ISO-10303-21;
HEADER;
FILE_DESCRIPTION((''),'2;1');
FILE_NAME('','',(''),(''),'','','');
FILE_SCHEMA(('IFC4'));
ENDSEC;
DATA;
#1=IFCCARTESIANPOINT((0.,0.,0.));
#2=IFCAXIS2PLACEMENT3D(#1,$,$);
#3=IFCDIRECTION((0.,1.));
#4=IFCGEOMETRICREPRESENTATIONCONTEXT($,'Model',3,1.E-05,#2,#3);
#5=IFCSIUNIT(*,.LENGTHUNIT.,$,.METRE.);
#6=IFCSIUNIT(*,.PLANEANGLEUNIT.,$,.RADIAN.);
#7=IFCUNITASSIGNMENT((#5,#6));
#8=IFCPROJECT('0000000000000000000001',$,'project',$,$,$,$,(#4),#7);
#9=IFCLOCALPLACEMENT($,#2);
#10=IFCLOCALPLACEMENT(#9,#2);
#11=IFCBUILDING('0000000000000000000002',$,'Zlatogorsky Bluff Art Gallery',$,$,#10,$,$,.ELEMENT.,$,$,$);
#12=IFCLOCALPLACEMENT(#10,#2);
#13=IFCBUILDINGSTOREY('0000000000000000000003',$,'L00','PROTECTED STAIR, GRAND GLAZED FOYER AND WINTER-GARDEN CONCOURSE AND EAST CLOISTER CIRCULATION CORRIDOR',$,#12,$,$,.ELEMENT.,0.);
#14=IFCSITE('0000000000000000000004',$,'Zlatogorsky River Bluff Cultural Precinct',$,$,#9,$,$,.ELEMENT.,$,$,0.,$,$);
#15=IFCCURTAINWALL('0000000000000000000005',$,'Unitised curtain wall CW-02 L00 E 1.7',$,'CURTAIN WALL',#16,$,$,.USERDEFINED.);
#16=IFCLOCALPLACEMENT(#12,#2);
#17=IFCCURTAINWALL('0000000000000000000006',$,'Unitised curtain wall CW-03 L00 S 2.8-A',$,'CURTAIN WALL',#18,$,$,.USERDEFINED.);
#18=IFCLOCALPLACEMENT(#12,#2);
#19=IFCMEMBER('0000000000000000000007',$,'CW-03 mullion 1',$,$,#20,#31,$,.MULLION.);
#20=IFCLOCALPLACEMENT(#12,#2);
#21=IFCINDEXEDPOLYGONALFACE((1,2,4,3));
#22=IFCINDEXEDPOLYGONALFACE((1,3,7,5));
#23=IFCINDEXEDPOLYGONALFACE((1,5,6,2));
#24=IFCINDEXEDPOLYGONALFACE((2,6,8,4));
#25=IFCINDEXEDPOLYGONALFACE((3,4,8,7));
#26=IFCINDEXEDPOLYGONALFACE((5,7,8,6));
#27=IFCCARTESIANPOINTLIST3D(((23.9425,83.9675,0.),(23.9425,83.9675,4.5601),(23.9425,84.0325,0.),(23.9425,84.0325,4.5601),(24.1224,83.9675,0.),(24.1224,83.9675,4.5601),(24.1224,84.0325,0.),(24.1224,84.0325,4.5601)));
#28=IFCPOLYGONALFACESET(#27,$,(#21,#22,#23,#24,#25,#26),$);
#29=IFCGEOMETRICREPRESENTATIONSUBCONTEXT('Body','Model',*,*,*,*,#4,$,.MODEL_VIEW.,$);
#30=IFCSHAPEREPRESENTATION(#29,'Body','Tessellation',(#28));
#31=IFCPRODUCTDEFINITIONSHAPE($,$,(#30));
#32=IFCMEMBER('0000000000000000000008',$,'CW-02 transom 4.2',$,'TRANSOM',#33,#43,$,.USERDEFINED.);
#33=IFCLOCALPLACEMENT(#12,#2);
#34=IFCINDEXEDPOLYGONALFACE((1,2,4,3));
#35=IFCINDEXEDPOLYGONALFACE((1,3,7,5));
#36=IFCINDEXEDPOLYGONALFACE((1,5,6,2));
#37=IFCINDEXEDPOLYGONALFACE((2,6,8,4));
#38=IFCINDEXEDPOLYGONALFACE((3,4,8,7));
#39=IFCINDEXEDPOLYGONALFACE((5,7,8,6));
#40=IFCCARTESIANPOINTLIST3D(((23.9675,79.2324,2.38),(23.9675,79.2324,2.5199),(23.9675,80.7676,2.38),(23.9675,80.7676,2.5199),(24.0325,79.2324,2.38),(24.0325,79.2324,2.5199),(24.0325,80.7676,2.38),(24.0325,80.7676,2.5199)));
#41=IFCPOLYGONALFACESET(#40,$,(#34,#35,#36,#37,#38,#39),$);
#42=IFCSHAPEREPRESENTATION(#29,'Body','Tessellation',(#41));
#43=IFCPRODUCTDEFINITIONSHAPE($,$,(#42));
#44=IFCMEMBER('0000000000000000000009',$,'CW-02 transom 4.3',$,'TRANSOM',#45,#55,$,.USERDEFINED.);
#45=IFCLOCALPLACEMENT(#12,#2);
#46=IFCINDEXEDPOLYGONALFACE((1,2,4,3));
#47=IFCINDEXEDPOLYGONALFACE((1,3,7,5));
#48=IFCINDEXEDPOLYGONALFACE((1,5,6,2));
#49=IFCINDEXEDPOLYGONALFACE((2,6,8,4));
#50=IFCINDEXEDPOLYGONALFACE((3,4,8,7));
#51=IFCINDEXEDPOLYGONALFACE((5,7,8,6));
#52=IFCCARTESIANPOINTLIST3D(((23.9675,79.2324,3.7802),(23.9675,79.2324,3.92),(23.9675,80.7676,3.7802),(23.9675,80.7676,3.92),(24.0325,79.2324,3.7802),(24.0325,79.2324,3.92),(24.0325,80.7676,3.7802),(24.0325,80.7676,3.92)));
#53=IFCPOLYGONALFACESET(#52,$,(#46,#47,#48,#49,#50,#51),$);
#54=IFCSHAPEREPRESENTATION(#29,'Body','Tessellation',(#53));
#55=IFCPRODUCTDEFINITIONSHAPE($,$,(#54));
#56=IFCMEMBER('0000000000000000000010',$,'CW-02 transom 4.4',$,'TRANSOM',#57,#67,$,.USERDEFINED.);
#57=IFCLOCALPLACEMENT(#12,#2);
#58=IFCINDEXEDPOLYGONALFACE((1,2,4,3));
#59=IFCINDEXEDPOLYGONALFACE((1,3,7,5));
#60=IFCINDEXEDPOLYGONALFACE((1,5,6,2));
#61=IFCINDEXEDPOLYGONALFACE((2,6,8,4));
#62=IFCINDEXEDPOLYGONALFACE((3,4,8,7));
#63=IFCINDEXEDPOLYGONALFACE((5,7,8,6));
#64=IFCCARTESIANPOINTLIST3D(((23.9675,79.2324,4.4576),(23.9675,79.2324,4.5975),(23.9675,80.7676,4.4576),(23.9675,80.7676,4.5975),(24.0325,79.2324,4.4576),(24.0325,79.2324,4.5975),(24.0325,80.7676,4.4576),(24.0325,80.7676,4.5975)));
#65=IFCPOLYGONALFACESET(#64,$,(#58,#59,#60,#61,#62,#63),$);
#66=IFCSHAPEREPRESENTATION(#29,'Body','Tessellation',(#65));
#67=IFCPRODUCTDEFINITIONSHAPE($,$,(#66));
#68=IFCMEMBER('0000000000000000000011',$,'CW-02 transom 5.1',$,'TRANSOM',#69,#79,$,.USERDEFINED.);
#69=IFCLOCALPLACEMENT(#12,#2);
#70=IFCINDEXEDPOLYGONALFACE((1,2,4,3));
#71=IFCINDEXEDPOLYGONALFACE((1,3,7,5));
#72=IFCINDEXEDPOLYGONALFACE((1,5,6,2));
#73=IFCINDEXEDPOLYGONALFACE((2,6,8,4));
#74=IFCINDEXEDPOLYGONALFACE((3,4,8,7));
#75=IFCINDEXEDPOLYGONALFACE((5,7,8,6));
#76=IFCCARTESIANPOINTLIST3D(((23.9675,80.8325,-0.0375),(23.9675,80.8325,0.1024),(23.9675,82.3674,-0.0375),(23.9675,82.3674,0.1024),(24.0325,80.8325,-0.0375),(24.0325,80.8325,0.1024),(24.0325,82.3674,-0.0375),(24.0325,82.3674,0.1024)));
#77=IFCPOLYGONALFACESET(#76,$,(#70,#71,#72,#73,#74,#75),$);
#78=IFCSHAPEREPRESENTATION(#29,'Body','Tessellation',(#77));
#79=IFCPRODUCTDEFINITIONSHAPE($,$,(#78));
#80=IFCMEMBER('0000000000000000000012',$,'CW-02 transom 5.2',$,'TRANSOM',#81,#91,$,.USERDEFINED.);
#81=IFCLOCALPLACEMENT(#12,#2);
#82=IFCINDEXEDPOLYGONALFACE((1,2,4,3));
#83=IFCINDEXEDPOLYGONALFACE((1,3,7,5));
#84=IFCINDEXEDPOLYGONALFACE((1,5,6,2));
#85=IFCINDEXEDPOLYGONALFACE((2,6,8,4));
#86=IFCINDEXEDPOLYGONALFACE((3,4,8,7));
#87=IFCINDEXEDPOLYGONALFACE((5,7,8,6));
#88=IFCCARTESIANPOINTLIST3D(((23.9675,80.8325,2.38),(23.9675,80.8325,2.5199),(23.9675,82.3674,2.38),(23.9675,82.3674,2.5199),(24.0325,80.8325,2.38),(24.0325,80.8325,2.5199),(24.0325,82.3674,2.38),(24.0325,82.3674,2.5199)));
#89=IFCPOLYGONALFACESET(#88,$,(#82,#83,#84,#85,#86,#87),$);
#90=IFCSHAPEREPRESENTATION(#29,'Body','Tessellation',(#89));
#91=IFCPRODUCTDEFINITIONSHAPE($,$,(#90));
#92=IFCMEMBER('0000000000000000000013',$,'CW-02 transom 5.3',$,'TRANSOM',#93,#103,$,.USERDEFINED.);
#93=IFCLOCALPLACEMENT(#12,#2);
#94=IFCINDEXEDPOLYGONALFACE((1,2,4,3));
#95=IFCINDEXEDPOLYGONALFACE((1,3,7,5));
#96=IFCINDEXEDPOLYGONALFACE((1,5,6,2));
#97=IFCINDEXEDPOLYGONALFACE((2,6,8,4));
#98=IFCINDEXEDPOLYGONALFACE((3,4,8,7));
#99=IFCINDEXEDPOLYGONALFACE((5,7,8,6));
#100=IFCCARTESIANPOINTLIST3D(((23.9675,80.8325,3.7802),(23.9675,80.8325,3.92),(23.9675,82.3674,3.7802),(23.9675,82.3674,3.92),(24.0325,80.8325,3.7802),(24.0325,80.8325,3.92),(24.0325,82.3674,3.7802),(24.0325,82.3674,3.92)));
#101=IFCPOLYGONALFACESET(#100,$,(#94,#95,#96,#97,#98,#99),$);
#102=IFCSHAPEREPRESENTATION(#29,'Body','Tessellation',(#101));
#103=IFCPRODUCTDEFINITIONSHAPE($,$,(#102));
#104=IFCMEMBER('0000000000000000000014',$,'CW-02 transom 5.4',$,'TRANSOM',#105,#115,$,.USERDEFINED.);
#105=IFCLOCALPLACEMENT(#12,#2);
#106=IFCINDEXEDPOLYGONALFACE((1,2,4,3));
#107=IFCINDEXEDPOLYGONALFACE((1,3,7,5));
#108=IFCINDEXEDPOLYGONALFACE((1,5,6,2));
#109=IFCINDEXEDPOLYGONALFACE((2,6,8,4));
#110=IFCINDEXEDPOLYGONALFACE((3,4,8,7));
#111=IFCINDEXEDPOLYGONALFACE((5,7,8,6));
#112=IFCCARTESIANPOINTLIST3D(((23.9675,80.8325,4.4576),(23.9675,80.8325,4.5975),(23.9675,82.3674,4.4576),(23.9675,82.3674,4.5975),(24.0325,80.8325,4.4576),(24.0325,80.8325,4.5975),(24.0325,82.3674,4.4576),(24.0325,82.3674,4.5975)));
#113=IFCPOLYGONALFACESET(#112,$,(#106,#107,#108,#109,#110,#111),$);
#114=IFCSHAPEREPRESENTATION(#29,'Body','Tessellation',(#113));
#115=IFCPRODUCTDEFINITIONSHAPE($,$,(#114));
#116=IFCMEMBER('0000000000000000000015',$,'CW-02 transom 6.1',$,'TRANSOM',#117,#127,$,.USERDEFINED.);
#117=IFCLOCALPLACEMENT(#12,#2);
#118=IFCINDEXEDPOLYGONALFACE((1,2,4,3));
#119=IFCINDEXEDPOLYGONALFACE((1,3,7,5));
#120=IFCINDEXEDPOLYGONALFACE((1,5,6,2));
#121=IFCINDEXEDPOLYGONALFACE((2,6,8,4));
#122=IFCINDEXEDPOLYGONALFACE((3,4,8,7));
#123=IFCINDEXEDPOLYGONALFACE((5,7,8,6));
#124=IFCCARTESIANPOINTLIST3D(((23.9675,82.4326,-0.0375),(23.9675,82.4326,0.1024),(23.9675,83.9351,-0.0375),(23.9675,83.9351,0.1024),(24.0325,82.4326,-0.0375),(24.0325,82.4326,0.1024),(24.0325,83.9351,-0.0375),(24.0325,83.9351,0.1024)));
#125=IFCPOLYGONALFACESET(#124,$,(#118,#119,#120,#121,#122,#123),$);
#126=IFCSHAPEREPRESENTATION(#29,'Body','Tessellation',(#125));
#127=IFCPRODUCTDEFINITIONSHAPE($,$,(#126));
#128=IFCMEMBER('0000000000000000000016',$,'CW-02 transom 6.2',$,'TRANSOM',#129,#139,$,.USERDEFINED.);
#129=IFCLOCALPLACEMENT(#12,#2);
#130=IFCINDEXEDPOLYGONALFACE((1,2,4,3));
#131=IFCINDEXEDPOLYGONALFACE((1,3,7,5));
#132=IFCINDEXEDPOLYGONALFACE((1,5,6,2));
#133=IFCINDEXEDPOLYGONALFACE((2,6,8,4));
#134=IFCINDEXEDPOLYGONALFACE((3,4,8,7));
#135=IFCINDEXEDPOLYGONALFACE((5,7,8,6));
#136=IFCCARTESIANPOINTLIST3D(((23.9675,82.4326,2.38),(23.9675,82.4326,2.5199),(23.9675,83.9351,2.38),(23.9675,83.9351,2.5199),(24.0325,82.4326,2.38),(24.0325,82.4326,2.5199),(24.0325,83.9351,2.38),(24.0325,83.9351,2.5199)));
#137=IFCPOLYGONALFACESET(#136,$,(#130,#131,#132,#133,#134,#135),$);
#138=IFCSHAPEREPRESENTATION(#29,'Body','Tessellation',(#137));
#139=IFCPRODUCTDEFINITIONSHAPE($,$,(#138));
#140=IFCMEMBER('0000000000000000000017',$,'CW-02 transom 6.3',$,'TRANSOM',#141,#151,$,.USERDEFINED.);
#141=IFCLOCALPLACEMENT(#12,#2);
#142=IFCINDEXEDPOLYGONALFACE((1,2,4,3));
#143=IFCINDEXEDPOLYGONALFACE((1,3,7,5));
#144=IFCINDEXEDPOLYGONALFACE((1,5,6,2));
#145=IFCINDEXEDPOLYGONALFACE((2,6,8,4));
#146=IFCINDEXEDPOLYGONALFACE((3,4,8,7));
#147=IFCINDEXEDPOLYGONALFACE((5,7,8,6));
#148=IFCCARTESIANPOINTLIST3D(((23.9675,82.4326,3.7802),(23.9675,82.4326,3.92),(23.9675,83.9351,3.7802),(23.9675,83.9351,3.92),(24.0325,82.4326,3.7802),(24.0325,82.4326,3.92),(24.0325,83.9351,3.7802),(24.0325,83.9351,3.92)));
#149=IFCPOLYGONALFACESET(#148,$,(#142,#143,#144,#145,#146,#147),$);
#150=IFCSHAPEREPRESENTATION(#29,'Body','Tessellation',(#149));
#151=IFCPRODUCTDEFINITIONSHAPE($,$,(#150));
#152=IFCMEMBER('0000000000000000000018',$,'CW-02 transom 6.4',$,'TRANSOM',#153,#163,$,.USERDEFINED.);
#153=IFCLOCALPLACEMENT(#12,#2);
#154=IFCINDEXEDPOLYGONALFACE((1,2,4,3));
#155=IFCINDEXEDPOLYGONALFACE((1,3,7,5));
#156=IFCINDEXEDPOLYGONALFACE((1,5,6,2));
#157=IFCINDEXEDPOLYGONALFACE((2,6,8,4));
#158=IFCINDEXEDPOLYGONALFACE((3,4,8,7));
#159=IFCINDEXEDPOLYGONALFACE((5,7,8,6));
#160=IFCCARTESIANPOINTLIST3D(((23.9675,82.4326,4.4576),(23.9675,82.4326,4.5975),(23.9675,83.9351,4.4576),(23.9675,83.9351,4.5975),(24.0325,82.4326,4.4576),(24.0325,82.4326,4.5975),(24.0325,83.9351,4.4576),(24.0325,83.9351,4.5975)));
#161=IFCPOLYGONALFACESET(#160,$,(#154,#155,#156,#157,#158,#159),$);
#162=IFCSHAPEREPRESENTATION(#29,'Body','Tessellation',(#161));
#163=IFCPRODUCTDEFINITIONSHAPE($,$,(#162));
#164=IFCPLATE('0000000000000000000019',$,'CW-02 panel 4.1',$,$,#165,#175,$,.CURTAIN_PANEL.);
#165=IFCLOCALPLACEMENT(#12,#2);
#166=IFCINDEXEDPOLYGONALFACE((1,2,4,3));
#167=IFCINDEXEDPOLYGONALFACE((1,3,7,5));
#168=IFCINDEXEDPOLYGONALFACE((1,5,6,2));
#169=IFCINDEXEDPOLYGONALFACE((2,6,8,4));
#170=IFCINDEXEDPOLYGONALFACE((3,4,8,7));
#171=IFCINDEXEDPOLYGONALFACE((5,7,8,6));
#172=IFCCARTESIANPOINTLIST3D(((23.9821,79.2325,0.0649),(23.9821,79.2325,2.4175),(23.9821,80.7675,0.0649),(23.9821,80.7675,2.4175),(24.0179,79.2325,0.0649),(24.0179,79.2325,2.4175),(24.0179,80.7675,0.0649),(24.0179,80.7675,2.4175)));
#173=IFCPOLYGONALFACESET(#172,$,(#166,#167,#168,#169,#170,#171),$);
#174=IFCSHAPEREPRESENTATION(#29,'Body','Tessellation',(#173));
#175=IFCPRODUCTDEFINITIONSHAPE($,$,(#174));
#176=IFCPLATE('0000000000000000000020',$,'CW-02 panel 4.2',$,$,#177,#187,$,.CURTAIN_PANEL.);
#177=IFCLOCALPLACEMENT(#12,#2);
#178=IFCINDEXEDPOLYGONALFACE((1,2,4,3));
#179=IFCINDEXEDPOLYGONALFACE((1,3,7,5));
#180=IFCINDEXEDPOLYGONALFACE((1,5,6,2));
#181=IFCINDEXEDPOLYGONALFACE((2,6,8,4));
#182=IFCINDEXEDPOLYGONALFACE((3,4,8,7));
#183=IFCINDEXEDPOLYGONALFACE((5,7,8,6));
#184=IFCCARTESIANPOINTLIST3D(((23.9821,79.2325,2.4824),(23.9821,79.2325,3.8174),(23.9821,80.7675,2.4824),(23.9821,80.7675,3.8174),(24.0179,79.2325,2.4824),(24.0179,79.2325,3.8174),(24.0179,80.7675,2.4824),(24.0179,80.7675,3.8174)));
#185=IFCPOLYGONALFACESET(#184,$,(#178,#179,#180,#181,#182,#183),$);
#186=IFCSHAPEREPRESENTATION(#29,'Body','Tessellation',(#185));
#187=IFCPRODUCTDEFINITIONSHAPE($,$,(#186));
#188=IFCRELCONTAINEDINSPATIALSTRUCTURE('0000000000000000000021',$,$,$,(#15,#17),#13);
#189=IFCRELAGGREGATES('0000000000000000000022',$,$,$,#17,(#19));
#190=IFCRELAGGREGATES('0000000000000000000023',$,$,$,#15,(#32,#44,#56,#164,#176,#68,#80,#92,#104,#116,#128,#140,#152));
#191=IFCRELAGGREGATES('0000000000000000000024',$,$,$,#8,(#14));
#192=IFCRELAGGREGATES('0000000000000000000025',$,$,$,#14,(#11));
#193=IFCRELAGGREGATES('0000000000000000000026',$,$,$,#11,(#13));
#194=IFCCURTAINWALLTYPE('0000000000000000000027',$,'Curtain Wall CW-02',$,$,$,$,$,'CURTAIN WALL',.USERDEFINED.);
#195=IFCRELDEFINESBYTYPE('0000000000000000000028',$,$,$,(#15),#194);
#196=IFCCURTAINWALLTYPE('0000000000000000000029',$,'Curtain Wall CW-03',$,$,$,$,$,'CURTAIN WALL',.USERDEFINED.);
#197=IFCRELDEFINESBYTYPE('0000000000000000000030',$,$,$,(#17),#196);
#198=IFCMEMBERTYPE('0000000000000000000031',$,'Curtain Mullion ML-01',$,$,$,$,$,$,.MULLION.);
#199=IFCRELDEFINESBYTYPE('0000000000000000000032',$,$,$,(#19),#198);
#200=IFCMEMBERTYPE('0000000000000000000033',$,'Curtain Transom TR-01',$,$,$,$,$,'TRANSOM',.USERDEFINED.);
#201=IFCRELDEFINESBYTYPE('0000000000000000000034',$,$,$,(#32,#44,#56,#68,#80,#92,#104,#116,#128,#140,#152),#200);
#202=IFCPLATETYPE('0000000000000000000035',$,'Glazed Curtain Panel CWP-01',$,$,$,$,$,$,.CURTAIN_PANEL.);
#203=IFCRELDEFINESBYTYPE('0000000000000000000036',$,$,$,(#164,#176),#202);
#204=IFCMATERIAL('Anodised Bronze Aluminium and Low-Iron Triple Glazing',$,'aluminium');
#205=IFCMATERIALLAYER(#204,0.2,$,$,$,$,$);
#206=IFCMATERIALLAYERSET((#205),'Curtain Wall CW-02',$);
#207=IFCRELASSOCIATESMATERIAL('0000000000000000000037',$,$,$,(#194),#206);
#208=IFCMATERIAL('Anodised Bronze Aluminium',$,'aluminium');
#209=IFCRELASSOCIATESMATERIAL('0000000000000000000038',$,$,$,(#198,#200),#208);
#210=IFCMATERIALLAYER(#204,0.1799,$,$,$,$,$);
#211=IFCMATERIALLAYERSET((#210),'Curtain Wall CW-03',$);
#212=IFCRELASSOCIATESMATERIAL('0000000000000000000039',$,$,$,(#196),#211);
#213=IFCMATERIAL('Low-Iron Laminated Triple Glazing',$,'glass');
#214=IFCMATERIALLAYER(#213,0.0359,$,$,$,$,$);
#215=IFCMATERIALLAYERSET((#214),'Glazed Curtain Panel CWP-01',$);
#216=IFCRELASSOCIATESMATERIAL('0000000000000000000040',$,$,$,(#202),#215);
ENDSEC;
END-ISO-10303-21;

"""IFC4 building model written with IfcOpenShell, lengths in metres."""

from ifc_helpers import new_model, si_unit, direction, frame, origin, origin_2d, place, context, subcontext, project, spatial, rectangle, extrude, material, layer, layer_set, material_profile, profile_set, type_object, element, aggregate, save


model = new_model("IFC4")

# Units and contexts
model_context = context("Model", 3, precision=1e-05, world=origin(), true_north=direction((0.0, 1.0)))
body_context = subcontext(model_context, "Body", "Model", "MODEL_VIEW")
ifc_project = project(units=[si_unit("LENGTHUNIT", "METRE"), si_unit("PLANEANGLEUNIT", "RADIAN")], contexts=[model_context])

# Site, building, storey
site_placement = place(None, origin())
site = spatial("IfcSite", under=ifc_project, at=site_placement, Name="Zlatogorsky River Bluff Cultural Precinct", CompositionType="ELEMENT", RefElevation=0.0)
building_placement = place(site_placement, origin())
building = spatial("IfcBuilding", under=site, at=building_placement, Name="Zlatogorsky Bluff Art Gallery", CompositionType="ELEMENT")
storey_placement = place(building_placement, origin())
storey = spatial("IfcBuildingStorey", under=building, at=storey_placement, Name="L00", Description="PROTECTED STAIR, GRAND GLAZED FOYER AND WINTER-GARDEN CONCOURSE AND EAST CLOISTER CIRCULATION CORRIDOR", CompositionType="ELEMENT", Elevation=0.0)

# Curtain wall
ifc_material_1 = material(Name="Anodised Bronze Aluminium and Low-Iron Triple Glazing", Category="aluminium")
ifc_layer_1 = layer(ifc_material_1, 0.2)
ifc_layer_set_1 = layer_set([ifc_layer_1], Name="Curtain Wall CW-02")
curtain_wall_type_1 = type_object("IfcCurtainWallType", Name="Curtain Wall CW-02", ElementType="CURTAIN WALL", PredefinedType="USERDEFINED", material=ifc_layer_set_1)
curtain_wall_1_placement = place(storey_placement, origin())
curtain_wall_1 = element("IfcCurtainWall", 1, at=curtain_wall_1_placement, inside=storey, type_object=curtain_wall_type_1, Name="Unitised curtain wall CW-02 L00 E 1.7", ObjectType="CURTAIN WALL", PredefinedType="USERDEFINED")
ifc_material_2 = material(Name="Anodised Bronze Aluminium", Category="aluminium")
ifc_material_profile_1 = material_profile(ifc_material_2, rectangle(XDim=0.0649, YDim=0.1799, at=origin_2d()), Name="ALU MULLION 65x180")
ifc_profile_set_1 = profile_set([ifc_material_profile_1], Name="Anodised Bronze Aluminium")
member_type_1 = type_object("IfcMemberType", Name="Curtain Mullion ML-01", PredefinedType="MULLION", material=ifc_profile_set_1)

# Curtain wall, member
ifc_layer_2 = layer(ifc_material_1, 0.1799)
ifc_layer_set_2 = layer_set([ifc_layer_2], Name="Curtain Wall CW-03")
curtain_wall_type_2 = type_object("IfcCurtainWallType", Name="Curtain Wall CW-03", ElementType="CURTAIN WALL", PredefinedType="USERDEFINED", material=ifc_layer_set_2)
curtain_wall_2_placement = place(storey_placement, origin())
curtain_wall_2 = element("IfcCurtainWall", 2, at=curtain_wall_2_placement, inside=storey, type_object=curtain_wall_type_2, Name="Unitised curtain wall CW-03 L00 S 2.8-A", ObjectType="CURTAIN WALL", PredefinedType="USERDEFINED")
member_1_placement = place(storey_placement, frame((24.0325, 84.0, 0.0), z_axis=(0.0, 0.0, 1.0), x_axis=(0.0, 1.0, 0.0)))
member_1 = element("IfcMember", 3, at=member_1_placement, type_object=member_type_1, Name="CW-03 mullion 1", PredefinedType="MULLION", context=body_context, shape_type="SweptSolid", body=[
    extrude(rectangle(XDim=0.0649, YDim=0.1799, at=origin_2d()), origin(), (0.0, 0.0, 1.0), 4.5601),
])
aggregate(curtain_wall_2, [member_1])

# Members
ifc_material_profile_2 = material_profile(ifc_material_2, rectangle(XDim=0.0649, YDim=0.1399, at=origin_2d()), Name="ALU TRANSOM 65x140")
ifc_profile_set_2 = profile_set([ifc_material_profile_2], Name="Anodised Bronze Aluminium")
member_type_2 = type_object("IfcMemberType", Name="Curtain Transom TR-01", ElementType="TRANSOM", PredefinedType="USERDEFINED", material=ifc_profile_set_2)
member_2_placement = place(storey_placement, frame((24.0, 79.2324, 2.45), z_axis=(0.0, 1.0, 0.0), x_axis=(-1.0, 0.0, 0.0)))
member_2 = element("IfcMember", 4, at=member_2_placement, type_object=member_type_2, Name="CW-02 transom 4.2", ObjectType="TRANSOM", PredefinedType="USERDEFINED", context=body_context, shape_type="SweptSolid", body=[
    extrude(rectangle(XDim=0.0649, YDim=0.1399, at=origin_2d()), origin(), (0.0, 0.0, 1.0), 1.5352),
])
member_3_placement = place(storey_placement, frame((24.0, 79.2324, 3.8501), z_axis=(0.0, 1.0, 0.0), x_axis=(-1.0, 0.0, 0.0)))
member_3 = element("IfcMember", 5, at=member_3_placement, type_object=member_type_2, Name="CW-02 transom 4.3", ObjectType="TRANSOM", PredefinedType="USERDEFINED", context=body_context, shape_type="SweptSolid", body=[
    extrude(rectangle(XDim=0.0649, YDim=0.1399, at=origin_2d()), origin(), (0.0, 0.0, 1.0), 1.5352),
])
member_4_placement = place(storey_placement, frame((24.0, 79.2324, 4.5276), z_axis=(0.0, 1.0, 0.0), x_axis=(-1.0, 0.0, 0.0)))
member_4 = element("IfcMember", 6, at=member_4_placement, type_object=member_type_2, Name="CW-02 transom 4.4", ObjectType="TRANSOM", PredefinedType="USERDEFINED", context=body_context, shape_type="SweptSolid", body=[
    extrude(rectangle(XDim=0.0649, YDim=0.1399, at=origin_2d()), origin(), (0.0, 0.0, 1.0), 1.5352),
])
member_5_placement = place(storey_placement, frame((24.0, 80.8325, 0.0325), z_axis=(0.0, 1.0, 0.0), x_axis=(-1.0, 0.0, 0.0)))
member_5 = element("IfcMember", 7, at=member_5_placement, type_object=member_type_2, Name="CW-02 transom 5.1", ObjectType="TRANSOM", PredefinedType="USERDEFINED", context=body_context, shape_type="SweptSolid", body=[
    extrude(rectangle(XDim=0.0649, YDim=0.1399, at=origin_2d()), origin(), (0.0, 0.0, 1.0), 1.5349),
])
member_6_placement = place(storey_placement, frame((24.0, 80.8325, 2.45), z_axis=(0.0, 1.0, 0.0), x_axis=(-1.0, 0.0, 0.0)))
member_6 = element("IfcMember", 8, at=member_6_placement, type_object=member_type_2, Name="CW-02 transom 5.2", ObjectType="TRANSOM", PredefinedType="USERDEFINED", context=body_context, shape_type="SweptSolid", body=[
    extrude(rectangle(XDim=0.0649, YDim=0.1399, at=origin_2d()), origin(), (0.0, 0.0, 1.0), 1.5349),
])
member_7_placement = place(storey_placement, frame((24.0, 80.8325, 3.8501), z_axis=(0.0, 1.0, 0.0), x_axis=(-1.0, 0.0, 0.0)))
member_7 = element("IfcMember", 9, at=member_7_placement, type_object=member_type_2, Name="CW-02 transom 5.3", ObjectType="TRANSOM", PredefinedType="USERDEFINED", context=body_context, shape_type="SweptSolid", body=[
    extrude(rectangle(XDim=0.0649, YDim=0.1399, at=origin_2d()), origin(), (0.0, 0.0, 1.0), 1.5349),
])
member_8_placement = place(storey_placement, frame((24.0, 80.8325, 4.5276), z_axis=(0.0, 1.0, 0.0), x_axis=(-1.0, 0.0, 0.0)))
member_8 = element("IfcMember", 10, at=member_8_placement, type_object=member_type_2, Name="CW-02 transom 5.4", ObjectType="TRANSOM", PredefinedType="USERDEFINED", context=body_context, shape_type="SweptSolid", body=[
    extrude(rectangle(XDim=0.0649, YDim=0.1399, at=origin_2d()), origin(), (0.0, 0.0, 1.0), 1.5349),
])
member_9_placement = place(storey_placement, frame((24.0, 82.4326, 0.0325), z_axis=(0.0, 1.0, 0.0), x_axis=(-1.0, 0.0, 0.0)))
member_9 = element("IfcMember", 11, at=member_9_placement, type_object=member_type_2, Name="CW-02 transom 6.1", ObjectType="TRANSOM", PredefinedType="USERDEFINED", context=body_context, shape_type="SweptSolid", body=[
    extrude(rectangle(XDim=0.0649, YDim=0.1399, at=origin_2d()), origin(), (0.0, 0.0, 1.0), 1.5024),
])
member_10_placement = place(storey_placement, frame((24.0, 82.4326, 2.45), z_axis=(0.0, 1.0, 0.0), x_axis=(-1.0, 0.0, 0.0)))
member_10 = element("IfcMember", 12, at=member_10_placement, type_object=member_type_2, Name="CW-02 transom 6.2", ObjectType="TRANSOM", PredefinedType="USERDEFINED", context=body_context, shape_type="SweptSolid", body=[
    extrude(rectangle(XDim=0.0649, YDim=0.1399, at=origin_2d()), origin(), (0.0, 0.0, 1.0), 1.5024),
])
member_11_placement = place(storey_placement, frame((24.0, 82.4326, 3.8501), z_axis=(0.0, 1.0, 0.0), x_axis=(-1.0, 0.0, 0.0)))
member_11 = element("IfcMember", 13, at=member_11_placement, type_object=member_type_2, Name="CW-02 transom 6.3", ObjectType="TRANSOM", PredefinedType="USERDEFINED", context=body_context, shape_type="SweptSolid", body=[
    extrude(rectangle(XDim=0.0649, YDim=0.1399, at=origin_2d()), origin(), (0.0, 0.0, 1.0), 1.5024),
])
member_12_placement = place(storey_placement, frame((24.0, 82.4326, 4.5276), z_axis=(0.0, 1.0, 0.0), x_axis=(-1.0, 0.0, 0.0)))
member_12 = element("IfcMember", 14, at=member_12_placement, type_object=member_type_2, Name="CW-02 transom 6.4", ObjectType="TRANSOM", PredefinedType="USERDEFINED", context=body_context, shape_type="SweptSolid", body=[
    extrude(rectangle(XDim=0.0649, YDim=0.1399, at=origin_2d()), origin(), (0.0, 0.0, 1.0), 1.5024),
])

# Plates
ifc_material_3 = material(Name="Low-Iron Laminated Triple Glazing", Category="glass")
ifc_layer_3 = layer(ifc_material_3, 0.0359)
ifc_layer_set_3 = layer_set([ifc_layer_3], Name="Glazed Curtain Panel CWP-01")
plate_type = type_object("IfcPlateType", Name="Glazed Curtain Panel CWP-01", PredefinedType="CURTAIN_PANEL", material=ifc_layer_set_3)
plate_1_placement = place(storey_placement, frame((24.0, 80.0, 0.0649), z_axis=(0.0, 0.0, 1.0), x_axis=(0.0, 1.0, 0.0)))
plate_1 = element("IfcPlate", 15, at=plate_1_placement, type_object=plate_type, Name="CW-02 panel 4.1", PredefinedType="CURTAIN_PANEL", context=body_context, shape_type="SweptSolid", body=[
    extrude(rectangle(XDim=1.5349, YDim=0.0359, at=origin_2d()), origin(), (0.0, 0.0, 1.0), 2.3525),
])
plate_2_placement = place(storey_placement, frame((24.0, 80.0, 2.4824), z_axis=(0.0, 0.0, 1.0), x_axis=(0.0, 1.0, 0.0)))
plate_2 = element("IfcPlate", 16, at=plate_2_placement, type_object=plate_type, Name="CW-02 panel 4.2", PredefinedType="CURTAIN_PANEL", context=body_context, shape_type="SweptSolid", body=[
    extrude(rectangle(XDim=1.5349, YDim=0.0359, at=origin_2d()), origin(), (0.0, 0.0, 1.0), 1.335),
])
aggregate(curtain_wall_1, [member_2, member_3, member_4, plate_1, plate_2, member_5, member_6, member_7, member_8, member_9, member_10, member_11, member_12])

save(model, "model.ifc")
